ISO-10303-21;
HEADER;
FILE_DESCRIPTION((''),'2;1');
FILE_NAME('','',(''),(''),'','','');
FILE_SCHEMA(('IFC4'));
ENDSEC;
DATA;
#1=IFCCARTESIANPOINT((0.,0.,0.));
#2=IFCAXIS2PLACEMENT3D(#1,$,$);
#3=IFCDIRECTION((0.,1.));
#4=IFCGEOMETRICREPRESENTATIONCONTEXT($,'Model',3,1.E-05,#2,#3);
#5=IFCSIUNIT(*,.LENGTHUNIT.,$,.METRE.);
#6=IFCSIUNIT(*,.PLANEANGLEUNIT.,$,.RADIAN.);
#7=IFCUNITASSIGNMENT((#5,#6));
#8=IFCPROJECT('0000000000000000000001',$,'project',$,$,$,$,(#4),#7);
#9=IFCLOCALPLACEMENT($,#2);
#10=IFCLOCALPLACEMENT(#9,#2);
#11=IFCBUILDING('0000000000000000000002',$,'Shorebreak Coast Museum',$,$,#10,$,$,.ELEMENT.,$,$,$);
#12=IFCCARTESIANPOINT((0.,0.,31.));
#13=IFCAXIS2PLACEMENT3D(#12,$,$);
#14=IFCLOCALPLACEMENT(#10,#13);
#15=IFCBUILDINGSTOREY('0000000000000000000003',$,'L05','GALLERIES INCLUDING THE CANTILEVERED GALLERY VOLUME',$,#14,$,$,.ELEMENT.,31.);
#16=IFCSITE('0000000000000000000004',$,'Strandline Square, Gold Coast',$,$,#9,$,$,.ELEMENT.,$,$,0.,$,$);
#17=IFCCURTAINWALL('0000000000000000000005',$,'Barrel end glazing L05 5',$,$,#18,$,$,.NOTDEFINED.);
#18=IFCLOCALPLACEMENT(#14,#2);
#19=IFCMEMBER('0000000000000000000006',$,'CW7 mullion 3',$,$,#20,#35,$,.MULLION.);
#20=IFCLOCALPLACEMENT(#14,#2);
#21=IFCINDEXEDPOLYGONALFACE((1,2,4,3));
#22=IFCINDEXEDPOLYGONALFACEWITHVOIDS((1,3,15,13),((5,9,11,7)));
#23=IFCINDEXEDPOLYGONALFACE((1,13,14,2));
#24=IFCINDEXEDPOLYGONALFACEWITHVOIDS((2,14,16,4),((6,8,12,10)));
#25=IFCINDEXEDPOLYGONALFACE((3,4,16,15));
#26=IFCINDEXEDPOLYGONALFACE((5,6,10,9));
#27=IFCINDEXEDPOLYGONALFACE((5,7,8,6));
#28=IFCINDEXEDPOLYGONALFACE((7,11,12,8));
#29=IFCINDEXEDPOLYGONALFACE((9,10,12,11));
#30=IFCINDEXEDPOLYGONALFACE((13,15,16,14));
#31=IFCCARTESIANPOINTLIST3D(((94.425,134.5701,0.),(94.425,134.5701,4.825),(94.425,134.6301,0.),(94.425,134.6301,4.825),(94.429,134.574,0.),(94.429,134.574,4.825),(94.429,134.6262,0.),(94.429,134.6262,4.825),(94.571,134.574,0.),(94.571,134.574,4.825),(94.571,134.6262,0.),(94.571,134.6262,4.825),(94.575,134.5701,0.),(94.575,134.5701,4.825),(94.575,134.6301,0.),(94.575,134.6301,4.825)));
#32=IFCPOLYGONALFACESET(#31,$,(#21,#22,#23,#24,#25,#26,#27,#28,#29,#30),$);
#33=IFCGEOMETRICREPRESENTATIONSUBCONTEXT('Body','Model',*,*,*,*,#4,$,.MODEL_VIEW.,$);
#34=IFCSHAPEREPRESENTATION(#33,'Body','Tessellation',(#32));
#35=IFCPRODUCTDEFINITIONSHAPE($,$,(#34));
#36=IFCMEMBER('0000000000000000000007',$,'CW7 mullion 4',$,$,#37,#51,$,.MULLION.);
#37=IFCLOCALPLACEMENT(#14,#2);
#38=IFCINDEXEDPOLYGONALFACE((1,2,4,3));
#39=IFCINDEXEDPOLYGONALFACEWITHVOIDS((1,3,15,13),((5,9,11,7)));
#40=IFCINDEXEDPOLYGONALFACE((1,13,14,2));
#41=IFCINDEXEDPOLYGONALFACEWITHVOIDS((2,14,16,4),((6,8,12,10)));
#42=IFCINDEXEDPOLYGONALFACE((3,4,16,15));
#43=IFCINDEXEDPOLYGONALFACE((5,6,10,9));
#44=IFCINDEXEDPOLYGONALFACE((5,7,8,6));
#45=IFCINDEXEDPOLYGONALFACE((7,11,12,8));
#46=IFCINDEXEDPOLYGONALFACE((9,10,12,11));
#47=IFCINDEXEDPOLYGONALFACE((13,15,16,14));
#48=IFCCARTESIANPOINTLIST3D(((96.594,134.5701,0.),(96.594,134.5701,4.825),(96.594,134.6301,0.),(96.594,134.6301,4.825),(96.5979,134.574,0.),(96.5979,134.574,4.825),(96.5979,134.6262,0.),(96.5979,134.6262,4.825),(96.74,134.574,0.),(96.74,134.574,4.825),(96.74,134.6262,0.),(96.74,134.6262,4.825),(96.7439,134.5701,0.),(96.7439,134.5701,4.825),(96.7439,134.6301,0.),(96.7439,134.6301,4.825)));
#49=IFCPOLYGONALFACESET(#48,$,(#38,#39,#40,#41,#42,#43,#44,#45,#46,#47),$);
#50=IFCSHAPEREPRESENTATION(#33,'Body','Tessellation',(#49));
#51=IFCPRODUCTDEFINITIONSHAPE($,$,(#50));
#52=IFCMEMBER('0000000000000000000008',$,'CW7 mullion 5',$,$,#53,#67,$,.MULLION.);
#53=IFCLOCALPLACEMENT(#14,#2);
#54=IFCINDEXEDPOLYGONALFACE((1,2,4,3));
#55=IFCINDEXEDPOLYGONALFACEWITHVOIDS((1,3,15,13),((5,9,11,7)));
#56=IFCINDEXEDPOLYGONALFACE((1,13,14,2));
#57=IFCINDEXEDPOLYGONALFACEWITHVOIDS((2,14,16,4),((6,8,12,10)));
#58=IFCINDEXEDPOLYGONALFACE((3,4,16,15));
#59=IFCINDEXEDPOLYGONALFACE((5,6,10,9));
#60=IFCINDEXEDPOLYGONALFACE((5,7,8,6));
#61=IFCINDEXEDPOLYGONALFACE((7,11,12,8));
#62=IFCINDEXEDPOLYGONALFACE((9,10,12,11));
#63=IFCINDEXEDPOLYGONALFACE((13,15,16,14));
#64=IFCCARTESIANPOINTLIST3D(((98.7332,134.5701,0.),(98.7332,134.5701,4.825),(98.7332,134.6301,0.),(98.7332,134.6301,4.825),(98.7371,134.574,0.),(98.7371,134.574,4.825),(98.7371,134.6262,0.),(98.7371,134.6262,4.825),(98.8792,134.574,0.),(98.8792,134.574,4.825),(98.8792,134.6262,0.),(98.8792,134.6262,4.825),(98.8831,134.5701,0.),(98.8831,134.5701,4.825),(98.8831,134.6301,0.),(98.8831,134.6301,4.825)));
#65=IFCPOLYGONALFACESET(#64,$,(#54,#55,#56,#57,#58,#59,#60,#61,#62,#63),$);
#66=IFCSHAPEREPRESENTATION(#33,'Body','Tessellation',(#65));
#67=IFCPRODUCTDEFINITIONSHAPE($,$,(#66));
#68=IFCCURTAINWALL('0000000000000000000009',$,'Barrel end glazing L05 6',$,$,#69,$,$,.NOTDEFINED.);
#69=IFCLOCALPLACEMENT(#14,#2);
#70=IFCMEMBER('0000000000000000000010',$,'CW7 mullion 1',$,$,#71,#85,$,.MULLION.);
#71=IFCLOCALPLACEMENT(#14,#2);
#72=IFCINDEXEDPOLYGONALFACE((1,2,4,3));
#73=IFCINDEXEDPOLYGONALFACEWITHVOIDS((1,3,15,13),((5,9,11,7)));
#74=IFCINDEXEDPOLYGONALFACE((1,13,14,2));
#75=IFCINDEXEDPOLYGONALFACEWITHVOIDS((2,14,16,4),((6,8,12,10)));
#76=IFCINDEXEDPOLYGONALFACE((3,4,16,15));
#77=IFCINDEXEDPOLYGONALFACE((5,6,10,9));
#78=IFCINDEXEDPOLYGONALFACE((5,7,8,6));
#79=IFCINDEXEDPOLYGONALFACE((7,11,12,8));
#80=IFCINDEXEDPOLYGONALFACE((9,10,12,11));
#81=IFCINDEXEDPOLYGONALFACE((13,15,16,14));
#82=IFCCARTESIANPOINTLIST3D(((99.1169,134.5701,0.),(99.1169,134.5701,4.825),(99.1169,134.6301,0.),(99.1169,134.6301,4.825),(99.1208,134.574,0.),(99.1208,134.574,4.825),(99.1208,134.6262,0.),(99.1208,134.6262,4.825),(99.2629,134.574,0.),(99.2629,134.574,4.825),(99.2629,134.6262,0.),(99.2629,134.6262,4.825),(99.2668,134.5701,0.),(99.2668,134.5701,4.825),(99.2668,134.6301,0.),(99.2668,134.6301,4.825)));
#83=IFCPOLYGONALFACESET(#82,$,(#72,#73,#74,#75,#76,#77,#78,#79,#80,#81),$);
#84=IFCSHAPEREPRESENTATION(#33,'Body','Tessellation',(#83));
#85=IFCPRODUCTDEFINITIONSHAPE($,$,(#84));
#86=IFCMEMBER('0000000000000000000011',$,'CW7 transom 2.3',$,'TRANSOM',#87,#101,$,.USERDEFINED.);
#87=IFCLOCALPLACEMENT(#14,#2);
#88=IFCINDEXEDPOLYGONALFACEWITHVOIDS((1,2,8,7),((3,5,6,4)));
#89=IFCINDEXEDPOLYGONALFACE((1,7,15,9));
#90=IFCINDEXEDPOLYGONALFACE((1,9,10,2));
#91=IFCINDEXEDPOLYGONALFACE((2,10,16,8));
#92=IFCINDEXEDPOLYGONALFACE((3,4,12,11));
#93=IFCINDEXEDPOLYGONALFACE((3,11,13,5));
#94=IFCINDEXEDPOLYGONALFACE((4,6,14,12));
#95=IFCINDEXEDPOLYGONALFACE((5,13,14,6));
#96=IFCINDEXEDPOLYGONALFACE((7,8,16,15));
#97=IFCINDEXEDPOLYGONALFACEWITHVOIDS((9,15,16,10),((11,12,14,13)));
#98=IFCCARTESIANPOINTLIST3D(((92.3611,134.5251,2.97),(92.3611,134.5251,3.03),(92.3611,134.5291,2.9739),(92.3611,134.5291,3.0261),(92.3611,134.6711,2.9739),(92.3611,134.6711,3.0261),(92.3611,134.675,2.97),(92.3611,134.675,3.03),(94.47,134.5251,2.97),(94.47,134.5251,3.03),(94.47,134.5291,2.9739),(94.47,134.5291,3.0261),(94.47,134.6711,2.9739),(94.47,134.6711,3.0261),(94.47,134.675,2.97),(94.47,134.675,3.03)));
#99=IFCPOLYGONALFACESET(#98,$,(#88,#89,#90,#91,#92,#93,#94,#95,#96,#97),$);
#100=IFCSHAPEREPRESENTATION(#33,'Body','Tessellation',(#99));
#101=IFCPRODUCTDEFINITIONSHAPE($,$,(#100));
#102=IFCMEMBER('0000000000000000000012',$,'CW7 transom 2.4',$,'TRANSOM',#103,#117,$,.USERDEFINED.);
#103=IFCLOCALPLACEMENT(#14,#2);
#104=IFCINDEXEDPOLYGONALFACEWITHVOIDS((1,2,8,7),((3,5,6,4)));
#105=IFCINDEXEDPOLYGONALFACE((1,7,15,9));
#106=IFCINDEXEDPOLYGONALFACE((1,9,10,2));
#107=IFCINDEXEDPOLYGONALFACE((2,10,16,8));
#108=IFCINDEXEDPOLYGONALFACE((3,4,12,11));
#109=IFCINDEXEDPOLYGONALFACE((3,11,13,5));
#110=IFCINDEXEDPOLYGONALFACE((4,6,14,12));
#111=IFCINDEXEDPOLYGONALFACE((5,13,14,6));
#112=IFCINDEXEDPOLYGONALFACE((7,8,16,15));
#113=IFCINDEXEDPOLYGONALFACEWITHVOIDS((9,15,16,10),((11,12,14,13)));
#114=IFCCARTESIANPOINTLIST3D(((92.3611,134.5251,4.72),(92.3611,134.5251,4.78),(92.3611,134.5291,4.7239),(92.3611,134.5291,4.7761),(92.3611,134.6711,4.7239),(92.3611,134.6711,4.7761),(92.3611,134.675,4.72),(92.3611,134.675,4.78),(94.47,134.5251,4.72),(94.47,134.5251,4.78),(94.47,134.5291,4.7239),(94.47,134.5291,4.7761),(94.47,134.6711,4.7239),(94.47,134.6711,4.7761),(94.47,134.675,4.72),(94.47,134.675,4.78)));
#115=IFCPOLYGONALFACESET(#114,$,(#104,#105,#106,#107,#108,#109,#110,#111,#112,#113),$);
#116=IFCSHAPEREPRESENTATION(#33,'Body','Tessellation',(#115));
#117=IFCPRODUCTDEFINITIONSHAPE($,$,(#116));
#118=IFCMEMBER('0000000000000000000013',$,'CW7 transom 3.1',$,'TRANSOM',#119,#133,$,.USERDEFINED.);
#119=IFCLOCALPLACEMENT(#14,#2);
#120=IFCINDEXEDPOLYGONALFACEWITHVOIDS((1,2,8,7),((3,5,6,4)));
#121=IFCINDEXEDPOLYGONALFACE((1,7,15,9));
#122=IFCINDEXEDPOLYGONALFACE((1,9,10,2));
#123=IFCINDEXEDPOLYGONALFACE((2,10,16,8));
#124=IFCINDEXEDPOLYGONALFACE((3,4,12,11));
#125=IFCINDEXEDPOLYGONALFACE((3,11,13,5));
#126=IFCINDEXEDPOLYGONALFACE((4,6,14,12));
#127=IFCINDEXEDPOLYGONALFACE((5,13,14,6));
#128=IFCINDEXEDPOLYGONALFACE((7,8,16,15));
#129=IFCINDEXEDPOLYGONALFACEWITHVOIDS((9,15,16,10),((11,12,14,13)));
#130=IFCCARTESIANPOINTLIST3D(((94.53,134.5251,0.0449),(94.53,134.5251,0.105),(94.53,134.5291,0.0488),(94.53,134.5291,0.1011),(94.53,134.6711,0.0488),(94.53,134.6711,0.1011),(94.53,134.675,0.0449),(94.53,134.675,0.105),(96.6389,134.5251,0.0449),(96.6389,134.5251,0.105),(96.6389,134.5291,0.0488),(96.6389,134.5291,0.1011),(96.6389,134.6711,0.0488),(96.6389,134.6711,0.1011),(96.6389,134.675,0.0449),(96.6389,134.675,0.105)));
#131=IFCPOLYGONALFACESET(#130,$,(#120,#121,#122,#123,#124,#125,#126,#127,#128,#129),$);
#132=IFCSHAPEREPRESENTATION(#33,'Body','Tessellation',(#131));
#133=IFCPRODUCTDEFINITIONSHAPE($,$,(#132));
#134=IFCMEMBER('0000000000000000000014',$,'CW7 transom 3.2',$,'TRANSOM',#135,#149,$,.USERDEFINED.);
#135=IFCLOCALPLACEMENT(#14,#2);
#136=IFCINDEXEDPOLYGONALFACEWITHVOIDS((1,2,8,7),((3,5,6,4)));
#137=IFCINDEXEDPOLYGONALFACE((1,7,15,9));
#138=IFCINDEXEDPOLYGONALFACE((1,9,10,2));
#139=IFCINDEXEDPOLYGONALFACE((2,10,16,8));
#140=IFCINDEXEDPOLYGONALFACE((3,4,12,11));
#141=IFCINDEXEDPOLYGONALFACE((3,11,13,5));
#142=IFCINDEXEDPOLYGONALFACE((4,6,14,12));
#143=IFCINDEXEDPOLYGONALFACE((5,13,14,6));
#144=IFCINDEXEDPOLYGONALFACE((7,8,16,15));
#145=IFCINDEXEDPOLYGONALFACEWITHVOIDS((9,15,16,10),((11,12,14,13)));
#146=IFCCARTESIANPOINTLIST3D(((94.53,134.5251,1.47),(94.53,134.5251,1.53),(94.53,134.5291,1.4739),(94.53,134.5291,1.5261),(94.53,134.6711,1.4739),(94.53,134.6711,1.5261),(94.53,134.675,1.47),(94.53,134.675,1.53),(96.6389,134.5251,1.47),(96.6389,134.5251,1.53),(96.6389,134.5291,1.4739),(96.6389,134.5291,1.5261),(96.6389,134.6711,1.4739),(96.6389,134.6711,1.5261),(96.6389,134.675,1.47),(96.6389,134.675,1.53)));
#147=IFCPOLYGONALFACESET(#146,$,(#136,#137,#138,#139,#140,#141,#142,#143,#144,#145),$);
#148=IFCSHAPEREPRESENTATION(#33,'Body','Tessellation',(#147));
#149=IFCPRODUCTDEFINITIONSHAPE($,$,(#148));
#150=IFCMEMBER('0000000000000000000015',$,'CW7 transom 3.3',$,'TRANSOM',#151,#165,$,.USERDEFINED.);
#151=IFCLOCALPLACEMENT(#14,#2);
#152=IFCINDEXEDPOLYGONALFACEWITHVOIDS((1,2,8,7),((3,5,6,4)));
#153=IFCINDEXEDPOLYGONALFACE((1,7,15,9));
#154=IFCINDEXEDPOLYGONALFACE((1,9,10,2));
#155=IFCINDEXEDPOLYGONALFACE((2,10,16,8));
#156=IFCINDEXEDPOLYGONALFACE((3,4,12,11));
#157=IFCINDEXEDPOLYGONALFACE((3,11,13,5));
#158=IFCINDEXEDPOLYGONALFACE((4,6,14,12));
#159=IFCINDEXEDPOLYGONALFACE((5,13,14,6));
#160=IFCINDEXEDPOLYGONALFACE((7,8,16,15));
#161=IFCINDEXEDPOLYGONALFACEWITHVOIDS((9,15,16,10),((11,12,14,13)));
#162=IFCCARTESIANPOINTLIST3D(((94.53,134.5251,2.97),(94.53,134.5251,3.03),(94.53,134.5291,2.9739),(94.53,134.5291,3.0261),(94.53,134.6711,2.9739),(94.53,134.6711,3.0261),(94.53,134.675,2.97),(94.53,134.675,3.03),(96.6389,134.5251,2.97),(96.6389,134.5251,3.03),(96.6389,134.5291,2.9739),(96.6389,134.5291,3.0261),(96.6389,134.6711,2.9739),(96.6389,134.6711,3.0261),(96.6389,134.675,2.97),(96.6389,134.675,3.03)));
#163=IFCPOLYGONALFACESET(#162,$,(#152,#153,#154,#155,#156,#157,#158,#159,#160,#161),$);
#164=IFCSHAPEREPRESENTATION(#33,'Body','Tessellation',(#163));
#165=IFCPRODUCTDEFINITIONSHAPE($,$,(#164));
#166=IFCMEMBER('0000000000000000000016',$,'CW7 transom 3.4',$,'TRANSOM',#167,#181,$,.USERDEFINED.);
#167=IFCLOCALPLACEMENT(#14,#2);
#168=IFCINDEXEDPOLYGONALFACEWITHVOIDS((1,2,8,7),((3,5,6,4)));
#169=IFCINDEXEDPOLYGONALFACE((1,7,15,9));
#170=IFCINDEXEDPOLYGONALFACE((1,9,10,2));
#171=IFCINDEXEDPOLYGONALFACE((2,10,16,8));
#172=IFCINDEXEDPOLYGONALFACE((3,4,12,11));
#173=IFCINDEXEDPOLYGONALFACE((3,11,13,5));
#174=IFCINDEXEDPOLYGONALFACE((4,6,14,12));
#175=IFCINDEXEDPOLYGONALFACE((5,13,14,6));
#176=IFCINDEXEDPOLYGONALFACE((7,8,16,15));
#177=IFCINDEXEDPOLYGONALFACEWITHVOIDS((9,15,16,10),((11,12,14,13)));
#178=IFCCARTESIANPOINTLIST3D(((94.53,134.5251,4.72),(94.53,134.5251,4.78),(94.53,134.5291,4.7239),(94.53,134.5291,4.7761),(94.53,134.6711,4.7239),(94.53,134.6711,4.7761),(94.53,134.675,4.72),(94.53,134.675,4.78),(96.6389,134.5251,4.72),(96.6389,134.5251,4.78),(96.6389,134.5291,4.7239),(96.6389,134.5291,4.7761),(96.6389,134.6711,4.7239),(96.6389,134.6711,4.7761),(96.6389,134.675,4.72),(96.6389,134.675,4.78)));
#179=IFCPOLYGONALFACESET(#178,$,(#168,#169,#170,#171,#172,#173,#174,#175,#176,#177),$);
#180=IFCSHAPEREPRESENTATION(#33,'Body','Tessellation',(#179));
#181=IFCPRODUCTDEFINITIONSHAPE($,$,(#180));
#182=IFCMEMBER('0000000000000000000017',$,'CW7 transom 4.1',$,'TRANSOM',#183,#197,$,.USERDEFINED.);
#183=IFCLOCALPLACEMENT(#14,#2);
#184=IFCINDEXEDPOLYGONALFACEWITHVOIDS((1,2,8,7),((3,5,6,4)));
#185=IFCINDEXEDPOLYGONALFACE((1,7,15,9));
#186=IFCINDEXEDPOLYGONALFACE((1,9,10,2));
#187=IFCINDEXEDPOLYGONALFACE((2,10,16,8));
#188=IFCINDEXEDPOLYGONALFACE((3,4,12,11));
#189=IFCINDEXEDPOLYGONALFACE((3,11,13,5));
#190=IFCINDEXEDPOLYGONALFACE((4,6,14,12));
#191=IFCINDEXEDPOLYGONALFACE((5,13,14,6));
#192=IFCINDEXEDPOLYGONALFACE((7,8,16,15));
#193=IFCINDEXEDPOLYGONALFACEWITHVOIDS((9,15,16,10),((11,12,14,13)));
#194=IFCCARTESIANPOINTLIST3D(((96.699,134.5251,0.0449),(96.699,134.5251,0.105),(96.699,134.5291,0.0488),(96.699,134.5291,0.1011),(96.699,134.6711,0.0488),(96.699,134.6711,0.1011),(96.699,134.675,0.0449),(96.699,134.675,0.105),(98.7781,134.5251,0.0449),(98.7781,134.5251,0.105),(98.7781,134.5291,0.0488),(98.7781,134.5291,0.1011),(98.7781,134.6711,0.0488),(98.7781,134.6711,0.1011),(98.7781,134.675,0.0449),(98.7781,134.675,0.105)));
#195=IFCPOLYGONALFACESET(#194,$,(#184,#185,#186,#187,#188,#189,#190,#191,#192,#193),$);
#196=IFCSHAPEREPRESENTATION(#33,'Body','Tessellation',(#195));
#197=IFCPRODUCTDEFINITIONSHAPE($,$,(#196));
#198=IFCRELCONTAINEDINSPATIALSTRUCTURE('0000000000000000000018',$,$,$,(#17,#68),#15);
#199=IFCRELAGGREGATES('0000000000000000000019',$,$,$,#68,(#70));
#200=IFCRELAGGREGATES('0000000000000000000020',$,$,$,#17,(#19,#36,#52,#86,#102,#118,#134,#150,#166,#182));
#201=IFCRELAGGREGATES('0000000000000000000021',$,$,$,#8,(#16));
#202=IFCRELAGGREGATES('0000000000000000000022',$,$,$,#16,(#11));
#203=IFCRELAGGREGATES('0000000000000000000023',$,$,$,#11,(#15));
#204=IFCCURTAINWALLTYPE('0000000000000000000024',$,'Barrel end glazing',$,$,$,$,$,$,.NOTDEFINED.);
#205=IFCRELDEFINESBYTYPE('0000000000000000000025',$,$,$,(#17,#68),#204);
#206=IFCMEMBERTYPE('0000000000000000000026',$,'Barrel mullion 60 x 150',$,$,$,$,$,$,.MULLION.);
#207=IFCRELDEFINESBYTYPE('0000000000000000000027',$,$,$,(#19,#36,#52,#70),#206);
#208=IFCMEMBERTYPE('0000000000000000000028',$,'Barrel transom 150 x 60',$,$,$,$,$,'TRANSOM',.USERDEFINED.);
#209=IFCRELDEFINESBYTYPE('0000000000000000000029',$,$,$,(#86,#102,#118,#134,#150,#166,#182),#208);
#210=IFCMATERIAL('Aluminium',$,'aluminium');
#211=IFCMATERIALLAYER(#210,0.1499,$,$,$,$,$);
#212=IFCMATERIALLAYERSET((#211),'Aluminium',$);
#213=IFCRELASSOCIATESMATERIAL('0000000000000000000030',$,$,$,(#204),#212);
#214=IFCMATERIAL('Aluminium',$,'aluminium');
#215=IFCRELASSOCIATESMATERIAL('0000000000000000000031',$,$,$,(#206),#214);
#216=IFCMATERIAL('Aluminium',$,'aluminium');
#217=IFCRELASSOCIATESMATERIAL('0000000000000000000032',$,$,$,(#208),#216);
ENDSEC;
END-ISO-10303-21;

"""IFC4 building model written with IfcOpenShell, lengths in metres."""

from ifc_helpers import new_model, si_unit, direction, frame, origin, origin_2d, place, context, subcontext, project, spatial, hollow_rectangle, extrude, material, layer, layer_set, material_profile, profile_set, type_object, element, aggregate, save


model = new_model("IFC4")

# Units and contexts
model_context = context("Model", 3, precision=1e-05, world=origin(), true_north=direction((0.0, 1.0)))
body_context = subcontext(model_context, "Body", "Model", "MODEL_VIEW")
ifc_project = project(units=[si_unit("LENGTHUNIT", "METRE"), si_unit("PLANEANGLEUNIT", "RADIAN")], contexts=[model_context])

# Site, building, storey
site_placement = place(None, origin())
site = spatial("IfcSite", under=ifc_project, at=site_placement, Name="Strandline Square, Gold Coast", CompositionType="ELEMENT", RefElevation=0.0)
building_placement = place(site_placement, origin())
building = spatial("IfcBuilding", under=site, at=building_placement, Name="Shorebreak Coast Museum", CompositionType="ELEMENT")
storey_placement = place(building_placement, frame((0.0, 0.0, 31.0)))
storey = spatial("IfcBuildingStorey", under=building, at=storey_placement, Name="L05", Description="GALLERIES INCLUDING THE CANTILEVERED GALLERY VOLUME", CompositionType="ELEMENT", Elevation=31.0)

# Curtain wall, members
ifc_material_1 = material(Name="Aluminium", Category="aluminium")
ifc_layer_1 = layer(ifc_material_1, 0.1499)
ifc_layer_set_1 = layer_set([ifc_layer_1], Name="Aluminium")
curtain_wall_type = type_object("IfcCurtainWallType", Name="Barrel end glazing", PredefinedType="NOTDEFINED", material=ifc_layer_set_1)
curtain_wall_1_placement = place(storey_placement, origin())
curtain_wall_1 = element("IfcCurtainWall", 1, at=curtain_wall_1_placement, inside=storey, type_object=curtain_wall_type, Name="Barrel end glazing L05 5", PredefinedType="NOTDEFINED")
ifc_material_2 = material(Name="Aluminium", Category="aluminium")
ifc_material_profile_1 = material_profile(ifc_material_2, hollow_rectangle(XDim=0.0601, YDim=0.1499, WallThickness=0.0039, at=origin_2d()), Name="AL 150x60 RHS")
ifc_profile_set_1 = profile_set([ifc_material_profile_1], Name="Aluminium")
member_type_1 = type_object("IfcMemberType", Name="Barrel mullion 60 x 150", PredefinedType="MULLION", material=ifc_profile_set_1)
member_1_placement = place(storey_placement, frame((94.5, 134.6001, 0.0), z_axis=(0.0, 0.0, 1.0), x_axis=(0.0, 1.0, 0.0)))
member_1 = element("IfcMember", 2, at=member_1_placement, type_object=member_type_1, Name="CW7 mullion 3", PredefinedType="MULLION", context=body_context, shape_type="SweptSolid", body=[
    extrude(hollow_rectangle(XDim=0.0601, YDim=0.1499, WallThickness=0.0039, at=origin_2d()), origin(), (0.0, 0.0, 1.0), 4.825),
])
member_2_placement = place(storey_placement, frame((96.6689, 134.6001, 0.0), z_axis=(0.0, 0.0, 1.0), x_axis=(0.0, 1.0, 0.0)))
member_2 = element("IfcMember", 3, at=member_2_placement, type_object=member_type_1, Name="CW7 mullion 4", PredefinedType="MULLION", context=body_context, shape_type="SweptSolid", body=[
    extrude(hollow_rectangle(XDim=0.0601, YDim=0.1499, WallThickness=0.0039, at=origin_2d()), origin(), (0.0, 0.0, 1.0), 4.825),
])
member_3_placement = place(storey_placement, frame((98.8081, 134.6001, 0.0), z_axis=(0.0, 0.0, 1.0), x_axis=(0.0, 1.0, 0.0)))
member_3 = element("IfcMember", 4, at=member_3_placement, type_object=member_type_1, Name="CW7 mullion 5", PredefinedType="MULLION", context=body_context, shape_type="SweptSolid", body=[
    extrude(hollow_rectangle(XDim=0.0601, YDim=0.1499, WallThickness=0.0039, at=origin_2d()), origin(), (0.0, 0.0, 1.0), 4.825),
])

# Curtain wall, member
curtain_wall_2_placement = place(storey_placement, origin())
curtain_wall_2 = element("IfcCurtainWall", 5, at=curtain_wall_2_placement, inside=storey, type_object=curtain_wall_type, Name="Barrel end glazing L05 6", PredefinedType="NOTDEFINED")
member_4_placement = place(storey_placement, frame((99.1919, 134.6001, 0.0), z_axis=(0.0, 0.0, 1.0), x_axis=(0.0, 1.0, 0.0)))
member_4 = element("IfcMember", 6, at=member_4_placement, type_object=member_type_1, Name="CW7 mullion 1", PredefinedType="MULLION", context=body_context, shape_type="SweptSolid", body=[
    extrude(hollow_rectangle(XDim=0.0601, YDim=0.1499, WallThickness=0.0039, at=origin_2d()), origin(), (0.0, 0.0, 1.0), 4.825),
])

# Members
ifc_material_3 = material(Name="Aluminium", Category="aluminium")
ifc_material_profile_2 = material_profile(ifc_material_3, hollow_rectangle(XDim=0.1499, YDim=0.0601, WallThickness=0.0039, at=origin_2d()), Name="AL 60x150 RHS")
ifc_profile_set_2 = profile_set([ifc_material_profile_2], Name="Aluminium")
member_type_2 = type_object("IfcMemberType", Name="Barrel transom 150 x 60", ElementType="TRANSOM", PredefinedType="USERDEFINED", material=ifc_profile_set_2)
member_5_placement = place(storey_placement, frame((92.3611, 134.6001, 3.0), z_axis=(1.0, 0.0, 0.0), x_axis=(0.0, 1.0, 0.0)))
member_5 = element("IfcMember", 7, at=member_5_placement, type_object=member_type_2, Name="CW7 transom 2.3", ObjectType="TRANSOM", PredefinedType="USERDEFINED", context=body_context, shape_type="SweptSolid", body=[
    extrude(hollow_rectangle(XDim=0.1499, YDim=0.0601, WallThickness=0.0039, at=origin_2d()), origin(), (0.0, 0.0, 1.0), 2.1089),
])
member_6_placement = place(storey_placement, frame((92.3611, 134.6001, 4.75), z_axis=(1.0, 0.0, 0.0), x_axis=(0.0, 1.0, 0.0)))
member_6 = element("IfcMember", 8, at=member_6_placement, type_object=member_type_2, Name="CW7 transom 2.4", ObjectType="TRANSOM", PredefinedType="USERDEFINED", context=body_context, shape_type="SweptSolid", body=[
    extrude(hollow_rectangle(XDim=0.1499, YDim=0.0601, WallThickness=0.0039, at=origin_2d()), origin(), (0.0, 0.0, 1.0), 2.1089),
])
member_7_placement = place(storey_placement, frame((94.53, 134.6001, 0.075), z_axis=(1.0, 0.0, 0.0), x_axis=(0.0, 1.0, 0.0)))
member_7 = element("IfcMember", 9, at=member_7_placement, type_object=member_type_2, Name="CW7 transom 3.1", ObjectType="TRANSOM", PredefinedType="USERDEFINED", context=body_context, shape_type="SweptSolid", body=[
    extrude(hollow_rectangle(XDim=0.1499, YDim=0.0601, WallThickness=0.0039, at=origin_2d()), origin(), (0.0, 0.0, 1.0), 2.1089),
])
member_8_placement = place(storey_placement, frame((94.53, 134.6001, 1.5), z_axis=(1.0, 0.0, 0.0), x_axis=(0.0, 1.0, 0.0)))
member_8 = element("IfcMember", 10, at=member_8_placement, type_object=member_type_2, Name="CW7 transom 3.2", ObjectType="TRANSOM", PredefinedType="USERDEFINED", context=body_context, shape_type="SweptSolid", body=[
    extrude(hollow_rectangle(XDim=0.1499, YDim=0.0601, WallThickness=0.0039, at=origin_2d()), origin(), (0.0, 0.0, 1.0), 2.1089),
])
member_9_placement = place(storey_placement, frame((94.53, 134.6001, 3.0), z_axis=(1.0, 0.0, 0.0), x_axis=(0.0, 1.0, 0.0)))
member_9 = element("IfcMember", 11, at=member_9_placement, type_object=member_type_2, Name="CW7 transom 3.3", ObjectType="TRANSOM", PredefinedType="USERDEFINED", context=body_context, shape_type="SweptSolid", body=[
    extrude(hollow_rectangle(XDim=0.1499, YDim=0.0601, WallThickness=0.0039, at=origin_2d()), origin(), (0.0, 0.0, 1.0), 2.1089),
])
member_10_placement = place(storey_placement, frame((94.53, 134.6001, 4.75), z_axis=(1.0, 0.0, 0.0), x_axis=(0.0, 1.0, 0.0)))
member_10 = element("IfcMember", 12, at=member_10_placement, type_object=member_type_2, Name="CW7 transom 3.4", ObjectType="TRANSOM", PredefinedType="USERDEFINED", context=body_context, shape_type="SweptSolid", body=[
    extrude(hollow_rectangle(XDim=0.1499, YDim=0.0601, WallThickness=0.0039, at=origin_2d()), origin(), (0.0, 0.0, 1.0), 2.1089),
])
member_11_placement = place(storey_placement, frame((96.699, 134.6001, 0.075), z_axis=(1.0, 0.0, 0.0), x_axis=(0.0, 1.0, 0.0)))
member_11 = element("IfcMember", 13, at=member_11_placement, type_object=member_type_2, Name="CW7 transom 4.1", ObjectType="TRANSOM", PredefinedType="USERDEFINED", context=body_context, shape_type="SweptSolid", body=[
    extrude(hollow_rectangle(XDim=0.1499, YDim=0.0601, WallThickness=0.0039, at=origin_2d()), origin(), (0.0, 0.0, 1.0), 2.0791),
])
aggregate(curtain_wall_2, [member_4])

aggregate(curtain_wall_1, [member_1, member_2, member_3, member_5, member_6, member_7, member_8, member_9, member_10, member_11])

save(model, "model.ifc")
